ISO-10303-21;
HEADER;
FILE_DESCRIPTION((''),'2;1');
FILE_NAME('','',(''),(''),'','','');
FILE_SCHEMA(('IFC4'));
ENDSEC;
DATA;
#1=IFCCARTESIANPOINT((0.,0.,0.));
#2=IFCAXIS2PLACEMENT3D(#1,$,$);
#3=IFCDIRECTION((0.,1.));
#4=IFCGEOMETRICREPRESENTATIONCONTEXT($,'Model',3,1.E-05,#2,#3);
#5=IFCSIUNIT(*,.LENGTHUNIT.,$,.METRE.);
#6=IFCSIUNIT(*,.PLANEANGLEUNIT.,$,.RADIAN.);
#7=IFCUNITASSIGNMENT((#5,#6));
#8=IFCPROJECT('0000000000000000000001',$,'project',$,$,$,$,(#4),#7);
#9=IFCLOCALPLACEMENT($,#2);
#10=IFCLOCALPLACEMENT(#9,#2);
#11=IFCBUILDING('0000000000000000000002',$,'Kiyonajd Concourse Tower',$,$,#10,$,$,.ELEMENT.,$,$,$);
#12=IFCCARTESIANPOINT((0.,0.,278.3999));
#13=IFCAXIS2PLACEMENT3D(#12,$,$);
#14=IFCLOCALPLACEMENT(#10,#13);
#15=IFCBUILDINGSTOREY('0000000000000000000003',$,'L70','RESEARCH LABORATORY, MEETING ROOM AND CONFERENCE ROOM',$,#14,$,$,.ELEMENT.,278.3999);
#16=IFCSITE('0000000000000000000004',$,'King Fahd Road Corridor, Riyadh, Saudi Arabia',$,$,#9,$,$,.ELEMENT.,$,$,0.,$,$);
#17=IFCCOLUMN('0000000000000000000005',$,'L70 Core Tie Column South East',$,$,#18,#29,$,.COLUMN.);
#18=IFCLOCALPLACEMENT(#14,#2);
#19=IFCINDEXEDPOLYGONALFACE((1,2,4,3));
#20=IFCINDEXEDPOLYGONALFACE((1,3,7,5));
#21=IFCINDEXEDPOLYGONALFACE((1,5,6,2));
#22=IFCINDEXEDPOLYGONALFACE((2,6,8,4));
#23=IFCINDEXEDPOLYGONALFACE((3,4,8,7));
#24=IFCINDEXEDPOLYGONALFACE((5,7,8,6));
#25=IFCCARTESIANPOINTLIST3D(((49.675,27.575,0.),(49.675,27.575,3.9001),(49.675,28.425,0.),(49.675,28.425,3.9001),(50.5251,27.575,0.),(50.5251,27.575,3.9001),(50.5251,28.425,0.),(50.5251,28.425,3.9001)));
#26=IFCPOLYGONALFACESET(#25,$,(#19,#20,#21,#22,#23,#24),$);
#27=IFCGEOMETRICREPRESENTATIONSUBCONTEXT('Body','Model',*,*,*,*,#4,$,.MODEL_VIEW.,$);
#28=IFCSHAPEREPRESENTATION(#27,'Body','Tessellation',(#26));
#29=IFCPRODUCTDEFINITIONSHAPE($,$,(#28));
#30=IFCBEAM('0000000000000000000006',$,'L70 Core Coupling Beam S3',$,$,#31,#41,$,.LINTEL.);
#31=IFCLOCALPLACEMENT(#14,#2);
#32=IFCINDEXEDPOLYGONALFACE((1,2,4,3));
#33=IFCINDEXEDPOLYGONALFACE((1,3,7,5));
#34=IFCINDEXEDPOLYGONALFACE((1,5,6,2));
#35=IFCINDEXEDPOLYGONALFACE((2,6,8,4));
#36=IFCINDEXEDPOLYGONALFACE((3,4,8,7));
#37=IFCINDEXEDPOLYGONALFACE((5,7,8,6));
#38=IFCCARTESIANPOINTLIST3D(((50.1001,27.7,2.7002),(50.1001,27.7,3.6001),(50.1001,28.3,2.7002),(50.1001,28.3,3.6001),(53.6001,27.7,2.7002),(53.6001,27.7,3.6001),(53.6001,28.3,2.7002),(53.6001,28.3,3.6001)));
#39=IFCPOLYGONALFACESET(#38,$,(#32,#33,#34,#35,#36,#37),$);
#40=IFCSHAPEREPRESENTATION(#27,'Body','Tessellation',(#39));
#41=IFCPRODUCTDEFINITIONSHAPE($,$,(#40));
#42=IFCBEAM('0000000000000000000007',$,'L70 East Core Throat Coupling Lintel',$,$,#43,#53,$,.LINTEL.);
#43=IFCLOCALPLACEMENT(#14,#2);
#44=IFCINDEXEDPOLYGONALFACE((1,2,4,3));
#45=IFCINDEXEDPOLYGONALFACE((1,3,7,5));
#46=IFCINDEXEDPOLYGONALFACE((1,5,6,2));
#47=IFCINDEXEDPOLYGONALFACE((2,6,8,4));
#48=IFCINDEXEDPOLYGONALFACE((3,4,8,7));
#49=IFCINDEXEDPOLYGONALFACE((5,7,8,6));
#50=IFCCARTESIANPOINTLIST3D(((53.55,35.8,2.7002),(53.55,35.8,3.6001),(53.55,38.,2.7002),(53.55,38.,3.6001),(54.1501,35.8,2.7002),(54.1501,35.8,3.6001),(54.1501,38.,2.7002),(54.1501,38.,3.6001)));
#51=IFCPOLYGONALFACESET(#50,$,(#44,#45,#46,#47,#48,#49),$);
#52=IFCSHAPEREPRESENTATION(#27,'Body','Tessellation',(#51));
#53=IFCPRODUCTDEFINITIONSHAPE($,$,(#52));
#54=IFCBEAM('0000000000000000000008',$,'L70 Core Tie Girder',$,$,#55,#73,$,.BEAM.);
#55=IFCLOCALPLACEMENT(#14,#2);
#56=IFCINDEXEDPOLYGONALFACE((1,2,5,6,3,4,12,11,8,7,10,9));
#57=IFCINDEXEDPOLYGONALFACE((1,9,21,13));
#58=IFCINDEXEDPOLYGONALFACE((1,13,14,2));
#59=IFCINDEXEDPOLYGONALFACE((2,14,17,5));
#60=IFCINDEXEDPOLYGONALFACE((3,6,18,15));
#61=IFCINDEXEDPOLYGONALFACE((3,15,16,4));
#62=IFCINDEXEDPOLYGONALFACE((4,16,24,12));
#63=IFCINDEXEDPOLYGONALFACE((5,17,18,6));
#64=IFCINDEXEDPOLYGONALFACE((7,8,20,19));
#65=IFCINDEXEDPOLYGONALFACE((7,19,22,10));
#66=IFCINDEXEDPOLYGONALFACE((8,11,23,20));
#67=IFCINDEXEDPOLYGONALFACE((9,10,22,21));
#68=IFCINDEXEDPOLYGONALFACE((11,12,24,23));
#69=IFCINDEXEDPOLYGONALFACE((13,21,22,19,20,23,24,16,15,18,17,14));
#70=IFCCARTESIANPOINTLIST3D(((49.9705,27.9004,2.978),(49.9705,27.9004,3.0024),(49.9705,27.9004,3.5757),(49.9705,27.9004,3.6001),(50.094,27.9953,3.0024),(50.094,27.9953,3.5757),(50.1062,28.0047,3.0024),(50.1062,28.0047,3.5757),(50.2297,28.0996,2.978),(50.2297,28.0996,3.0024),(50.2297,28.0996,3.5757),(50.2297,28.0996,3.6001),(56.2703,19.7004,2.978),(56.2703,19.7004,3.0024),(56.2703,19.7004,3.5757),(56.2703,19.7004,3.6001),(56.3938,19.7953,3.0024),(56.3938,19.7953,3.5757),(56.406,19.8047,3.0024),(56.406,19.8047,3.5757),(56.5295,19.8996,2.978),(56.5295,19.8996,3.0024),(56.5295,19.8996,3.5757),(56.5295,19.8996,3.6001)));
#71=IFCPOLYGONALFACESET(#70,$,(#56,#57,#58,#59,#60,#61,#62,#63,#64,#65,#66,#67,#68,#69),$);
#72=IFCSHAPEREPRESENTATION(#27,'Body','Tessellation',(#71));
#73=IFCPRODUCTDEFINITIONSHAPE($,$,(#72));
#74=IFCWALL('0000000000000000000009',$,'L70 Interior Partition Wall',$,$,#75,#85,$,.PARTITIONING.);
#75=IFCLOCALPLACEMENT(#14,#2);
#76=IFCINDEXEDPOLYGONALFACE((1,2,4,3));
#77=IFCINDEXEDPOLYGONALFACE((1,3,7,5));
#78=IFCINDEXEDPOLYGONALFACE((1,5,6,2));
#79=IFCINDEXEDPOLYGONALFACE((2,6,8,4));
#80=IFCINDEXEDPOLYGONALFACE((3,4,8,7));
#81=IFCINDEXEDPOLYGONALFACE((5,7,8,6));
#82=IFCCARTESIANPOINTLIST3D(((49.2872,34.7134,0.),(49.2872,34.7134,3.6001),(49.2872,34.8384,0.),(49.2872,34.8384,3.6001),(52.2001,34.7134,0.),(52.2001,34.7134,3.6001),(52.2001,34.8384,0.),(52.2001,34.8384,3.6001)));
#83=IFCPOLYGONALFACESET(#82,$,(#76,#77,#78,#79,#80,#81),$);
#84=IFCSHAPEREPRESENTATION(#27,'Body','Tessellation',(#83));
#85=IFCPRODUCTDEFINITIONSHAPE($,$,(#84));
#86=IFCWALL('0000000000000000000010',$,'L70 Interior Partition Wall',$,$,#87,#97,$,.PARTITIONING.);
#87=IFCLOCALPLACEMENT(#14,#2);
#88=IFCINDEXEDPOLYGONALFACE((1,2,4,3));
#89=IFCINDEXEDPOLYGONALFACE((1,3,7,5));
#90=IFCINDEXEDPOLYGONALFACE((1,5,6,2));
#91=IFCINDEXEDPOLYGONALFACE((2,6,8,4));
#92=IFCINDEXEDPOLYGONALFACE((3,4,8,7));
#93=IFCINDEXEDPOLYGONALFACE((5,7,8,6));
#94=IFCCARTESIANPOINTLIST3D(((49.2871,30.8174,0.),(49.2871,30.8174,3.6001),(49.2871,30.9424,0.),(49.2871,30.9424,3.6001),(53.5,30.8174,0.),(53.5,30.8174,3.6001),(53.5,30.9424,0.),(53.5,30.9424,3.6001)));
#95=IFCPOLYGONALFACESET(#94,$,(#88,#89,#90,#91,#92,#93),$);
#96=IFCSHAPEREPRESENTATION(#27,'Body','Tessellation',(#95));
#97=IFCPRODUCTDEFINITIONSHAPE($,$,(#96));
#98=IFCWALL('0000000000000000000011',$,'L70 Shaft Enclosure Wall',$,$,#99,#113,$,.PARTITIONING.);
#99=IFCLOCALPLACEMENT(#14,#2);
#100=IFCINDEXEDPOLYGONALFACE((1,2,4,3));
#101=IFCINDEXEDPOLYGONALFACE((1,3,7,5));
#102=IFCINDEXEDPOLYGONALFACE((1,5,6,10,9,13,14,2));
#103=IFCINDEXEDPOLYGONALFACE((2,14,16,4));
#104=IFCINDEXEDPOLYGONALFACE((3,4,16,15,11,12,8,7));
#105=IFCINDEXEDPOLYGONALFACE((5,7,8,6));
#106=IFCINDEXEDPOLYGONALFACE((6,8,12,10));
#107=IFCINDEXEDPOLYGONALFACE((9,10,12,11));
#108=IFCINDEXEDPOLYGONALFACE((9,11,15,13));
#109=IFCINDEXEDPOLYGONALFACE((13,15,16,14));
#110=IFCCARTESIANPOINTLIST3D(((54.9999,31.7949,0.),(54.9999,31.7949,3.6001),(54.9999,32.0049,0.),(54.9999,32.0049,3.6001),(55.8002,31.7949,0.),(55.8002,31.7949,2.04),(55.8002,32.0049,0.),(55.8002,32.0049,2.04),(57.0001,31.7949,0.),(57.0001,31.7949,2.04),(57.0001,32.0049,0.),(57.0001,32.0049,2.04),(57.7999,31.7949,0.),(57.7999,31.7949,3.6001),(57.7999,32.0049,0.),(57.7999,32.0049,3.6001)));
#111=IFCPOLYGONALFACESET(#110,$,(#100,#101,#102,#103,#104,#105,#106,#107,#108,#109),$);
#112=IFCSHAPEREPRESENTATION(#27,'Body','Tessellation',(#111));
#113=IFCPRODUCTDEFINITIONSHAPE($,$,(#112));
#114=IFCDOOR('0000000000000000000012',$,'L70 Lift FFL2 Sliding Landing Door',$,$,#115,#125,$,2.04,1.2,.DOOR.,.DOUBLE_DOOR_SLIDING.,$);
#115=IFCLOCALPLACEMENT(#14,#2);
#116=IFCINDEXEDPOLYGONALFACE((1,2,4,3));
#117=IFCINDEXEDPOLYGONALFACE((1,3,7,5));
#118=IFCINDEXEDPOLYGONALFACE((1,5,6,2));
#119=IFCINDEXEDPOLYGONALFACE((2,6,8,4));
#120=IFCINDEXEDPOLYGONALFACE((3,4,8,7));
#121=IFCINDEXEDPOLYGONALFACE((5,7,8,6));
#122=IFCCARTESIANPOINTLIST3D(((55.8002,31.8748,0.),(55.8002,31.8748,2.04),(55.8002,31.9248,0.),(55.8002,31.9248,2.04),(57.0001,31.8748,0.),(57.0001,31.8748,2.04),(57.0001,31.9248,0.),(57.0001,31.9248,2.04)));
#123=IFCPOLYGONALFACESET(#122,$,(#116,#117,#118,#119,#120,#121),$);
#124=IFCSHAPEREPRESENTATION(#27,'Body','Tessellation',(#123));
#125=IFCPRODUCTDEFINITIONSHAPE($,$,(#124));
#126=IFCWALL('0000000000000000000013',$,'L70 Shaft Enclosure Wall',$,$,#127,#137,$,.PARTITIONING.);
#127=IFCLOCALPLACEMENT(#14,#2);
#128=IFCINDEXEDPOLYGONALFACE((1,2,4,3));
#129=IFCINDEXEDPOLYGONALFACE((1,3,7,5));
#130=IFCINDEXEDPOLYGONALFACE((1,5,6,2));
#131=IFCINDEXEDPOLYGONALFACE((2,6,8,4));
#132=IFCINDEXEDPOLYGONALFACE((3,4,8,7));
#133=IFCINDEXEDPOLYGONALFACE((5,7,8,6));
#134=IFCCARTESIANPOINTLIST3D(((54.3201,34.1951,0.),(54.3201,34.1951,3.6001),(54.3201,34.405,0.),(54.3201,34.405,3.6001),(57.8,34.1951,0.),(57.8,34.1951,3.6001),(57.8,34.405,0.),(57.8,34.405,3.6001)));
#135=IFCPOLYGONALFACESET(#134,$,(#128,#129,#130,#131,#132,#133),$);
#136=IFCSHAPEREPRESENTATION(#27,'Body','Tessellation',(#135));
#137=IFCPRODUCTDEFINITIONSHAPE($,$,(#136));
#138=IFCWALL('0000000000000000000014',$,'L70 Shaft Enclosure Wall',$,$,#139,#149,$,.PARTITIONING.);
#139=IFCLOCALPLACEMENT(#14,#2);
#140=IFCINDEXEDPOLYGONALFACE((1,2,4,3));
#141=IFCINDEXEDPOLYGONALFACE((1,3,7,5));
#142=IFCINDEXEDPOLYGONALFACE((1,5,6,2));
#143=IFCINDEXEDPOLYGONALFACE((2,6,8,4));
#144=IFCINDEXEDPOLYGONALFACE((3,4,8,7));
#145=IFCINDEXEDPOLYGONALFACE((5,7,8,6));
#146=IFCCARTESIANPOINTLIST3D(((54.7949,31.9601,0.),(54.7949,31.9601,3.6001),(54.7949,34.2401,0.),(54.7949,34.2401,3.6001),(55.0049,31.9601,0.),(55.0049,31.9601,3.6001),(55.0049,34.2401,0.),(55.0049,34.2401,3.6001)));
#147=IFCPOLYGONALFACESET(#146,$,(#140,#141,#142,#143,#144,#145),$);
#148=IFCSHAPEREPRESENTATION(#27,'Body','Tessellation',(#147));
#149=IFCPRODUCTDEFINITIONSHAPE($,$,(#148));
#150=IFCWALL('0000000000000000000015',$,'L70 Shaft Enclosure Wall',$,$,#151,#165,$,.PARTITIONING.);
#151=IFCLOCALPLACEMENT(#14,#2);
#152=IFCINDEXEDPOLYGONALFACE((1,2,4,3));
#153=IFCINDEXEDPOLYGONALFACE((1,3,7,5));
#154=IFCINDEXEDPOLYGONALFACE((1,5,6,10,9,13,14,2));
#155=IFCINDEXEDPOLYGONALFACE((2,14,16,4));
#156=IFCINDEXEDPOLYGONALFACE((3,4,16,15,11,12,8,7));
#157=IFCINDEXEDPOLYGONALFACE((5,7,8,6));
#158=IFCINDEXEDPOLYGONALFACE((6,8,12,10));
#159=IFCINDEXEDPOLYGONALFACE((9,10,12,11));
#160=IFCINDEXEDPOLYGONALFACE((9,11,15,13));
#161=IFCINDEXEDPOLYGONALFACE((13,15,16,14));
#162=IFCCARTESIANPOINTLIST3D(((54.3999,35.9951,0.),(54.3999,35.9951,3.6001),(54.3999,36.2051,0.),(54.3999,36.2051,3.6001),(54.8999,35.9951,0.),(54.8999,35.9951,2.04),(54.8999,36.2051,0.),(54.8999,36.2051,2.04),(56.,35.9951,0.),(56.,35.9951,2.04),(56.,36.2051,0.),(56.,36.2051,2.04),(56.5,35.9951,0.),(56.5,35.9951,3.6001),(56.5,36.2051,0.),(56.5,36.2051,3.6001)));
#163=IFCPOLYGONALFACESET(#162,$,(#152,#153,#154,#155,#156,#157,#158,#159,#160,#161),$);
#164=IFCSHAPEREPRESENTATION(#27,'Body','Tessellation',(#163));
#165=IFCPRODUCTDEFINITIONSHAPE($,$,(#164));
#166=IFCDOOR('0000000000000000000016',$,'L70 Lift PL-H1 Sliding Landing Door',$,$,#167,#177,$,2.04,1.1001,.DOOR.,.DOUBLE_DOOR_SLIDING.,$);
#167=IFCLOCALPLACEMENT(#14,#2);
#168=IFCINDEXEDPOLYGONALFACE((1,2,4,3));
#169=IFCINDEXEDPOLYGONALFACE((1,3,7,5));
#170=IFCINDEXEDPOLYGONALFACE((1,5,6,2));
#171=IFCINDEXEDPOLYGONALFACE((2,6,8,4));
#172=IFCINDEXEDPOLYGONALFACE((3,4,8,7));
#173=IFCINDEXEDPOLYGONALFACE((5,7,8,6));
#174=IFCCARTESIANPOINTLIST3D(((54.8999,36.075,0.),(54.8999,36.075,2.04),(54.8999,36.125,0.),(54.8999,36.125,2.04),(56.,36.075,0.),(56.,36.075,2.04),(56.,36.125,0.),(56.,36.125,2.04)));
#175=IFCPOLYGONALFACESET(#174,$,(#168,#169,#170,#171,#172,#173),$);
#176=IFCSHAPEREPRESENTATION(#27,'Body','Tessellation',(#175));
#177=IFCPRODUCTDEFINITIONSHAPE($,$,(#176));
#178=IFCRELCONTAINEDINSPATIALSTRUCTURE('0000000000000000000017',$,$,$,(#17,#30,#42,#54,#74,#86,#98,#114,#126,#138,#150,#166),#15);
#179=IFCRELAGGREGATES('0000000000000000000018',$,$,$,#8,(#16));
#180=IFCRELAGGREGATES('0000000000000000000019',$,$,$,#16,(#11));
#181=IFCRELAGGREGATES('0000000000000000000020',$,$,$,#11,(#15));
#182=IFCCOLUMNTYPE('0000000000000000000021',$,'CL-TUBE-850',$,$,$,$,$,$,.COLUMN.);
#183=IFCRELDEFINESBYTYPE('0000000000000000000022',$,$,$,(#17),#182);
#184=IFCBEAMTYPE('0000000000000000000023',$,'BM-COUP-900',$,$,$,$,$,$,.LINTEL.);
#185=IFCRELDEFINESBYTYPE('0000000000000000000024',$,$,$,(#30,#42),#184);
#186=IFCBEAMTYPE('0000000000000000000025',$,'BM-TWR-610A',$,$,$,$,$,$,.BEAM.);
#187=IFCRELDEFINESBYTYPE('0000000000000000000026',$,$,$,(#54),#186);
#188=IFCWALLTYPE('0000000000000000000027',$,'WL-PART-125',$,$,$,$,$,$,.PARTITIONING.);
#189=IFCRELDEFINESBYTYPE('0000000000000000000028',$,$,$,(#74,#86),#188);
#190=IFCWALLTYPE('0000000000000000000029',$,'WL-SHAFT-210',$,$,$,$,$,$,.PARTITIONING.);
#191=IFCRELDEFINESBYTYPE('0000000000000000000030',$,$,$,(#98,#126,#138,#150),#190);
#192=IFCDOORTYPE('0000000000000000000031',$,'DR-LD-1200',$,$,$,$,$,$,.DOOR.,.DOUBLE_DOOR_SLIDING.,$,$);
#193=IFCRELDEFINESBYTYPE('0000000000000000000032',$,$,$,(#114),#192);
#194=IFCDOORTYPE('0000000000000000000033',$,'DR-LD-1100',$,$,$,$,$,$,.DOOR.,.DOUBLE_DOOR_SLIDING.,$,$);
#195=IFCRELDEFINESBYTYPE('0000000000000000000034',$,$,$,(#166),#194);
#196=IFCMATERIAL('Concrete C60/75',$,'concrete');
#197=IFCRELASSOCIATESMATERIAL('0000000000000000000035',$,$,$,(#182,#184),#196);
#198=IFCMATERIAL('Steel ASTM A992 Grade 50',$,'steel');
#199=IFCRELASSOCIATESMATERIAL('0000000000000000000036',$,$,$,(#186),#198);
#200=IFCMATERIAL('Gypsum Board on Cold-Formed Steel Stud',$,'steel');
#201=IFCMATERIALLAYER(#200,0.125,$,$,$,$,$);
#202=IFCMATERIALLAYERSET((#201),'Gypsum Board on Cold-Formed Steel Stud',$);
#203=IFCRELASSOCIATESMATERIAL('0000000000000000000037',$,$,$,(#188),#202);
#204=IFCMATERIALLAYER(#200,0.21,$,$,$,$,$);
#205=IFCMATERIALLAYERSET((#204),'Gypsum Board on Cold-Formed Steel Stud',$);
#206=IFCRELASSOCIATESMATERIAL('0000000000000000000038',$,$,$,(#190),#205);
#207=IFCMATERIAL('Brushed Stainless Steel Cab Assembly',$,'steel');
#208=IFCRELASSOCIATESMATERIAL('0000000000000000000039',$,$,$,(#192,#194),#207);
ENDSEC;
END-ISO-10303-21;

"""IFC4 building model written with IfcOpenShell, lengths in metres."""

from ifc_helpers import new_model, si_unit, direction, frame, frame_2d, origin, origin_2d, place, context, subcontext, project, spatial, rectangle, i_section, extrude, material, layer, layer_set, material_profile, profile_set, type_object, element, fill, save


model = new_model("IFC4")

# Units and contexts
model_context = context("Model", 3, precision=1e-05, world=origin(), true_north=direction((0.0, 1.0)))
body_context = subcontext(model_context, "Body", "Model", "MODEL_VIEW")
ifc_project = project(units=[si_unit("LENGTHUNIT", "METRE"), si_unit("PLANEANGLEUNIT", "RADIAN")], contexts=[model_context])

# Site, building, storey
site_placement = place(None, origin())
site = spatial("IfcSite", under=ifc_project, at=site_placement, Name="King Fahd Road Corridor, Riyadh, Saudi Arabia", CompositionType="ELEMENT", RefElevation=0.0)
building_placement = place(site_placement, origin())
building = spatial("IfcBuilding", under=site, at=building_placement, Name="Kiyonajd Concourse Tower", CompositionType="ELEMENT")
storey_placement = place(building_placement, frame((0.0, 0.0, 278.3999)))
storey = spatial("IfcBuildingStorey", under=building, at=storey_placement, Name="L70", Description="RESEARCH LABORATORY, MEETING ROOM AND CONFERENCE ROOM", CompositionType="ELEMENT", Elevation=278.3999)

# Column
ifc_material_1 = material(Name="Concrete C60/75", Category="concrete")
ifc_material_profile_1 = material_profile(ifc_material_1, rectangle(XDim=0.8501, YDim=0.8501, at=origin_2d()), Name="RC-850x850")
ifc_profile_set_1 = profile_set([ifc_material_profile_1], Name="Concrete C60/75")
column_type = type_object("IfcColumnType", Name="CL-TUBE-850", PredefinedType="COLUMN", material=ifc_profile_set_1)
column_placement = place(storey_placement, frame((50.1001, 28.0, 0.0), z_axis=(0.0, 0.0, 1.0), x_axis=(1.0, 0.0, 0.0)))
element("IfcColumn", 1, at=column_placement, inside=storey, type_object=column_type, Name="L70 Core Tie Column South East", PredefinedType="COLUMN", context=body_context, shape_type="SweptSolid", body=[
    extrude(rectangle(XDim=0.8501, YDim=0.8501, at=origin_2d()), origin(), (0.0, 0.0, 1.0), 3.9001),
])

# Beams
ifc_material_profile_2 = material_profile(ifc_material_1, rectangle(XDim=0.6001, YDim=0.8999, at=origin_2d()), Name="RCBM-600x900")
ifc_profile_set_2 = profile_set([ifc_material_profile_2], Name="Concrete C60/75")
beam_type_1 = type_object("IfcBeamType", Name="BM-COUP-900", PredefinedType="LINTEL", material=ifc_profile_set_2)
beam_1_placement = place(storey_placement, frame((50.1001, 28.0, 3.1501), z_axis=(1.0, 0.0, 0.0), x_axis=(0.0, 1.0, 0.0)))
element("IfcBeam", 2, at=beam_1_placement, inside=storey, type_object=beam_type_1, Name="L70 Core Coupling Beam S3", PredefinedType="LINTEL", context=body_context, shape_type="SweptSolid", body=[
    extrude(rectangle(XDim=0.6001, YDim=0.8999, at=origin_2d()), origin(), (0.0, 0.0, 1.0), 3.5),
])
beam_2_placement = place(storey_placement, frame((53.8501, 35.8, 3.1501), z_axis=(0.0, 1.0, 0.0), x_axis=(-1.0, 0.0, 0.0)))
element("IfcBeam", 3, at=beam_2_placement, inside=storey, type_object=beam_type_1, Name="L70 East Core Throat Coupling Lintel", PredefinedType="LINTEL", context=body_context, shape_type="SweptSolid", body=[
    extrude(rectangle(XDim=0.6001, YDim=0.8999, at=origin_2d()), origin(), (0.0, 0.0, 1.0), 2.2),
])
ifc_material_2 = material(Name="Steel ASTM A992 Grade 50", Category="steel")
ifc_material_profile_3 = material_profile(ifc_material_2, i_section(OverallWidth=0.3269, OverallDepth=0.6221, WebThickness=0.0154, FlangeThickness=0.0244, at=origin_2d()), Name="W610X195")
ifc_profile_set_3 = profile_set([ifc_material_profile_3], Name="Steel ASTM A992 Grade 50")
beam_type_2 = type_object("IfcBeamType", Name="BM-TWR-610A", PredefinedType="BEAM", material=ifc_profile_set_3)
beam_3_placement = place(storey_placement, frame((50.1001, 28.0, 3.2891), z_axis=(0.609234, -0.792991, 0.0), x_axis=(0.792991, 0.609234, 0.0)))
element("IfcBeam", 4, at=beam_3_placement, inside=storey, type_object=beam_type_2, Name="L70 Core Tie Girder", PredefinedType="BEAM", context=body_context, shape_type="SweptSolid", body=[
    extrude(i_section(OverallWidth=0.3269, OverallDepth=0.6221, WebThickness=0.0154, FlangeThickness=0.0244, at=origin_2d()), origin(), (0.0, 0.0, 1.0), 10.3406),
])

# Walls
ifc_material_3 = material(Name="Gypsum Board on Cold-Formed Steel Stud", Category="steel")
ifc_layer_1 = layer(ifc_material_3, 0.125)
ifc_layer_set_1 = layer_set([ifc_layer_1], Name="Gypsum Board on Cold-Formed Steel Stud")
wall_type_1 = type_object("IfcWallType", Name="WL-PART-125", PredefinedType="PARTITIONING", material=ifc_layer_set_1)
wall_1_placement = place(storey_placement, frame((49.2871, 34.7759, 0.0), z_axis=(0.0, 0.0, 1.0), x_axis=(1.0, 0.0, 0.0)))
element("IfcWall", 5, at=wall_1_placement, inside=storey, type_object=wall_type_1, Name="L70 Interior Partition Wall", PredefinedType="PARTITIONING", context=body_context, shape_type="SweptSolid", body=[
    extrude(rectangle(XDim=2.9128, YDim=0.125, at=frame_2d((1.4565, 0.0))), origin(), (0.0, 0.0, 1.0), 3.6001),
])
wall_2_placement = place(storey_placement, frame((49.2871, 30.8799, 0.0), z_axis=(0.0, 0.0, 1.0), x_axis=(1.0, 0.0, 0.0)))
element("IfcWall", 6, at=wall_2_placement, inside=storey, type_object=wall_type_1, Name="L70 Interior Partition Wall", PredefinedType="PARTITIONING", context=body_context, shape_type="SweptSolid", body=[
    extrude(rectangle(XDim=4.2129, YDim=0.125, at=frame_2d((2.1064, 0.0))), origin(), (0.0, 0.0, 1.0), 3.6001),
])

# Wall, opening, door
ifc_layer_2 = layer(ifc_material_3, 0.21)
ifc_layer_set_2 = layer_set([ifc_layer_2], Name="Gypsum Board on Cold-Formed Steel Stud")
wall_type_2 = type_object("IfcWallType", Name="WL-SHAFT-210", PredefinedType="PARTITIONING", material=ifc_layer_set_2)
wall_3_placement = place(storey_placement, frame((55.0, 31.8999, 0.0), z_axis=(0.0, 0.0, 1.0), x_axis=(1.0, 0.0, 0.0)))
wall_3 = element("IfcWall", 7, at=wall_3_placement, inside=storey, type_object=wall_type_2, Name="L70 Shaft Enclosure Wall", PredefinedType="PARTITIONING", context=body_context, shape_type="SweptSolid", body=[
    extrude(rectangle(XDim=2.8, YDim=0.21, at=frame_2d((1.3999, 0.0))), origin(), (0.0, 0.0, 1.0), 3.6001),
])
opening_1_placement = place(wall_3_placement, frame((0.8, 0.0, 0.0)))
opening_1 = element("IfcOpeningElement", 8, at=opening_1_placement, cuts=wall_3, PredefinedType="OPENING", context=body_context, shape_type="SweptSolid", body=[
    extrude(rectangle(XDim=1.2, YDim=2.04, at=frame_2d((0.6001, 1.02))), frame((0.0, 0.115, 0.0), z_axis=(0.0, -1.0, 0.0), x_axis=(1.0, 0.0, 0.0)), (0.0, 0.0, 1.0), 0.23),
])
ifc_material_4 = material(Name="Brushed Stainless Steel Cab Assembly", Category="steel")
door_type_1 = type_object("IfcDoorType", Name="DR-LD-1200", OperationType="DOUBLE_DOOR_SLIDING", PredefinedType="DOOR", material=ifc_material_4)
door_1_placement = place(opening_1_placement, origin())
door_1 = element("IfcDoor", 9, at=door_1_placement, inside=storey, type_object=door_type_1, Name="L70 Lift FFL2 Sliding Landing Door", OperationType="DOUBLE_DOOR_SLIDING", OverallHeight=2.04, OverallWidth=1.2, PredefinedType="DOOR", context=body_context, shape_type="SweptSolid", body=[
    extrude(rectangle(XDim=1.2, YDim=2.04, at=frame_2d((0.6001, 1.02))), frame((0.0, 0.0249, 0.0), z_axis=(0.0, -1.0, 0.0), x_axis=(1.0, 0.0, 0.0)), (0.0, 0.0, 1.0), 0.05),
])
fill(opening_1, door_1)

# Walls
wall_4_placement = place(storey_placement, frame((54.3201, 34.3, 0.0), z_axis=(0.0, 0.0, 1.0), x_axis=(1.0, 0.0, 0.0)))
element("IfcWall", 10, at=wall_4_placement, inside=storey, type_object=wall_type_2, Name="L70 Shaft Enclosure Wall", PredefinedType="PARTITIONING", context=body_context, shape_type="SweptSolid", body=[
    extrude(rectangle(XDim=3.48, YDim=0.21, at=frame_2d((1.74, 0.0))), origin(), (0.0, 0.0, 1.0), 3.6001),
])
wall_5_placement = place(storey_placement, frame((54.8999, 31.96, 0.0), z_axis=(0.0, 0.0, 1.0), x_axis=(0.0, 1.0, 0.0)))
element("IfcWall", 11, at=wall_5_placement, inside=storey, type_object=wall_type_2, Name="L70 Shaft Enclosure Wall", PredefinedType="PARTITIONING", context=body_context, shape_type="SweptSolid", body=[
    extrude(rectangle(XDim=2.28, YDim=0.21, at=frame_2d((1.1401, 0.0))), origin(), (0.0, 0.0, 1.0), 3.6001),
])

# Wall, opening, door
wall_6_placement = place(storey_placement, frame((54.3999, 36.1001, 0.0), z_axis=(0.0, 0.0, 1.0), x_axis=(1.0, 0.0, 0.0)))
wall_6 = element("IfcWall", 12, at=wall_6_placement, inside=storey, type_object=wall_type_2, Name="L70 Shaft Enclosure Wall", PredefinedType="PARTITIONING", context=body_context, shape_type="SweptSolid", body=[
    extrude(rectangle(XDim=2.1001, YDim=0.21, at=frame_2d((1.05, 0.0))), origin(), (0.0, 0.0, 1.0), 3.6001),
])
opening_2_placement = place(wall_6_placement, frame((0.5, 0.0, 0.0)))
opening_2 = element("IfcOpeningElement", 13, at=opening_2_placement, cuts=wall_6, PredefinedType="OPENING", context=body_context, shape_type="SweptSolid", body=[
    extrude(rectangle(XDim=1.1001, YDim=2.04, at=frame_2d((0.55, 1.02))), frame((0.0, 0.115, 0.0), z_axis=(0.0, -1.0, 0.0), x_axis=(1.0, 0.0, 0.0)), (0.0, 0.0, 1.0), 0.23),
])
door_type_2 = type_object("IfcDoorType", Name="DR-LD-1100", OperationType="DOUBLE_DOOR_SLIDING", PredefinedType="DOOR", material=ifc_material_4)
door_2_placement = place(opening_2_placement, origin())
door_2 = element("IfcDoor", 14, at=door_2_placement, inside=storey, type_object=door_type_2, Name="L70 Lift PL-H1 Sliding Landing Door", OperationType="DOUBLE_DOOR_SLIDING", OverallHeight=2.04, OverallWidth=1.1001, PredefinedType="DOOR", context=body_context, shape_type="SweptSolid", body=[
    extrude(rectangle(XDim=1.1001, YDim=2.04, at=frame_2d((0.55, 1.02))), frame((0.0, 0.0249, 0.0), z_axis=(0.0, -1.0, 0.0), x_axis=(1.0, 0.0, 0.0)), (0.0, 0.0, 1.0), 0.05),
])
fill(opening_2, door_2)

save(model, "model.ifc")
